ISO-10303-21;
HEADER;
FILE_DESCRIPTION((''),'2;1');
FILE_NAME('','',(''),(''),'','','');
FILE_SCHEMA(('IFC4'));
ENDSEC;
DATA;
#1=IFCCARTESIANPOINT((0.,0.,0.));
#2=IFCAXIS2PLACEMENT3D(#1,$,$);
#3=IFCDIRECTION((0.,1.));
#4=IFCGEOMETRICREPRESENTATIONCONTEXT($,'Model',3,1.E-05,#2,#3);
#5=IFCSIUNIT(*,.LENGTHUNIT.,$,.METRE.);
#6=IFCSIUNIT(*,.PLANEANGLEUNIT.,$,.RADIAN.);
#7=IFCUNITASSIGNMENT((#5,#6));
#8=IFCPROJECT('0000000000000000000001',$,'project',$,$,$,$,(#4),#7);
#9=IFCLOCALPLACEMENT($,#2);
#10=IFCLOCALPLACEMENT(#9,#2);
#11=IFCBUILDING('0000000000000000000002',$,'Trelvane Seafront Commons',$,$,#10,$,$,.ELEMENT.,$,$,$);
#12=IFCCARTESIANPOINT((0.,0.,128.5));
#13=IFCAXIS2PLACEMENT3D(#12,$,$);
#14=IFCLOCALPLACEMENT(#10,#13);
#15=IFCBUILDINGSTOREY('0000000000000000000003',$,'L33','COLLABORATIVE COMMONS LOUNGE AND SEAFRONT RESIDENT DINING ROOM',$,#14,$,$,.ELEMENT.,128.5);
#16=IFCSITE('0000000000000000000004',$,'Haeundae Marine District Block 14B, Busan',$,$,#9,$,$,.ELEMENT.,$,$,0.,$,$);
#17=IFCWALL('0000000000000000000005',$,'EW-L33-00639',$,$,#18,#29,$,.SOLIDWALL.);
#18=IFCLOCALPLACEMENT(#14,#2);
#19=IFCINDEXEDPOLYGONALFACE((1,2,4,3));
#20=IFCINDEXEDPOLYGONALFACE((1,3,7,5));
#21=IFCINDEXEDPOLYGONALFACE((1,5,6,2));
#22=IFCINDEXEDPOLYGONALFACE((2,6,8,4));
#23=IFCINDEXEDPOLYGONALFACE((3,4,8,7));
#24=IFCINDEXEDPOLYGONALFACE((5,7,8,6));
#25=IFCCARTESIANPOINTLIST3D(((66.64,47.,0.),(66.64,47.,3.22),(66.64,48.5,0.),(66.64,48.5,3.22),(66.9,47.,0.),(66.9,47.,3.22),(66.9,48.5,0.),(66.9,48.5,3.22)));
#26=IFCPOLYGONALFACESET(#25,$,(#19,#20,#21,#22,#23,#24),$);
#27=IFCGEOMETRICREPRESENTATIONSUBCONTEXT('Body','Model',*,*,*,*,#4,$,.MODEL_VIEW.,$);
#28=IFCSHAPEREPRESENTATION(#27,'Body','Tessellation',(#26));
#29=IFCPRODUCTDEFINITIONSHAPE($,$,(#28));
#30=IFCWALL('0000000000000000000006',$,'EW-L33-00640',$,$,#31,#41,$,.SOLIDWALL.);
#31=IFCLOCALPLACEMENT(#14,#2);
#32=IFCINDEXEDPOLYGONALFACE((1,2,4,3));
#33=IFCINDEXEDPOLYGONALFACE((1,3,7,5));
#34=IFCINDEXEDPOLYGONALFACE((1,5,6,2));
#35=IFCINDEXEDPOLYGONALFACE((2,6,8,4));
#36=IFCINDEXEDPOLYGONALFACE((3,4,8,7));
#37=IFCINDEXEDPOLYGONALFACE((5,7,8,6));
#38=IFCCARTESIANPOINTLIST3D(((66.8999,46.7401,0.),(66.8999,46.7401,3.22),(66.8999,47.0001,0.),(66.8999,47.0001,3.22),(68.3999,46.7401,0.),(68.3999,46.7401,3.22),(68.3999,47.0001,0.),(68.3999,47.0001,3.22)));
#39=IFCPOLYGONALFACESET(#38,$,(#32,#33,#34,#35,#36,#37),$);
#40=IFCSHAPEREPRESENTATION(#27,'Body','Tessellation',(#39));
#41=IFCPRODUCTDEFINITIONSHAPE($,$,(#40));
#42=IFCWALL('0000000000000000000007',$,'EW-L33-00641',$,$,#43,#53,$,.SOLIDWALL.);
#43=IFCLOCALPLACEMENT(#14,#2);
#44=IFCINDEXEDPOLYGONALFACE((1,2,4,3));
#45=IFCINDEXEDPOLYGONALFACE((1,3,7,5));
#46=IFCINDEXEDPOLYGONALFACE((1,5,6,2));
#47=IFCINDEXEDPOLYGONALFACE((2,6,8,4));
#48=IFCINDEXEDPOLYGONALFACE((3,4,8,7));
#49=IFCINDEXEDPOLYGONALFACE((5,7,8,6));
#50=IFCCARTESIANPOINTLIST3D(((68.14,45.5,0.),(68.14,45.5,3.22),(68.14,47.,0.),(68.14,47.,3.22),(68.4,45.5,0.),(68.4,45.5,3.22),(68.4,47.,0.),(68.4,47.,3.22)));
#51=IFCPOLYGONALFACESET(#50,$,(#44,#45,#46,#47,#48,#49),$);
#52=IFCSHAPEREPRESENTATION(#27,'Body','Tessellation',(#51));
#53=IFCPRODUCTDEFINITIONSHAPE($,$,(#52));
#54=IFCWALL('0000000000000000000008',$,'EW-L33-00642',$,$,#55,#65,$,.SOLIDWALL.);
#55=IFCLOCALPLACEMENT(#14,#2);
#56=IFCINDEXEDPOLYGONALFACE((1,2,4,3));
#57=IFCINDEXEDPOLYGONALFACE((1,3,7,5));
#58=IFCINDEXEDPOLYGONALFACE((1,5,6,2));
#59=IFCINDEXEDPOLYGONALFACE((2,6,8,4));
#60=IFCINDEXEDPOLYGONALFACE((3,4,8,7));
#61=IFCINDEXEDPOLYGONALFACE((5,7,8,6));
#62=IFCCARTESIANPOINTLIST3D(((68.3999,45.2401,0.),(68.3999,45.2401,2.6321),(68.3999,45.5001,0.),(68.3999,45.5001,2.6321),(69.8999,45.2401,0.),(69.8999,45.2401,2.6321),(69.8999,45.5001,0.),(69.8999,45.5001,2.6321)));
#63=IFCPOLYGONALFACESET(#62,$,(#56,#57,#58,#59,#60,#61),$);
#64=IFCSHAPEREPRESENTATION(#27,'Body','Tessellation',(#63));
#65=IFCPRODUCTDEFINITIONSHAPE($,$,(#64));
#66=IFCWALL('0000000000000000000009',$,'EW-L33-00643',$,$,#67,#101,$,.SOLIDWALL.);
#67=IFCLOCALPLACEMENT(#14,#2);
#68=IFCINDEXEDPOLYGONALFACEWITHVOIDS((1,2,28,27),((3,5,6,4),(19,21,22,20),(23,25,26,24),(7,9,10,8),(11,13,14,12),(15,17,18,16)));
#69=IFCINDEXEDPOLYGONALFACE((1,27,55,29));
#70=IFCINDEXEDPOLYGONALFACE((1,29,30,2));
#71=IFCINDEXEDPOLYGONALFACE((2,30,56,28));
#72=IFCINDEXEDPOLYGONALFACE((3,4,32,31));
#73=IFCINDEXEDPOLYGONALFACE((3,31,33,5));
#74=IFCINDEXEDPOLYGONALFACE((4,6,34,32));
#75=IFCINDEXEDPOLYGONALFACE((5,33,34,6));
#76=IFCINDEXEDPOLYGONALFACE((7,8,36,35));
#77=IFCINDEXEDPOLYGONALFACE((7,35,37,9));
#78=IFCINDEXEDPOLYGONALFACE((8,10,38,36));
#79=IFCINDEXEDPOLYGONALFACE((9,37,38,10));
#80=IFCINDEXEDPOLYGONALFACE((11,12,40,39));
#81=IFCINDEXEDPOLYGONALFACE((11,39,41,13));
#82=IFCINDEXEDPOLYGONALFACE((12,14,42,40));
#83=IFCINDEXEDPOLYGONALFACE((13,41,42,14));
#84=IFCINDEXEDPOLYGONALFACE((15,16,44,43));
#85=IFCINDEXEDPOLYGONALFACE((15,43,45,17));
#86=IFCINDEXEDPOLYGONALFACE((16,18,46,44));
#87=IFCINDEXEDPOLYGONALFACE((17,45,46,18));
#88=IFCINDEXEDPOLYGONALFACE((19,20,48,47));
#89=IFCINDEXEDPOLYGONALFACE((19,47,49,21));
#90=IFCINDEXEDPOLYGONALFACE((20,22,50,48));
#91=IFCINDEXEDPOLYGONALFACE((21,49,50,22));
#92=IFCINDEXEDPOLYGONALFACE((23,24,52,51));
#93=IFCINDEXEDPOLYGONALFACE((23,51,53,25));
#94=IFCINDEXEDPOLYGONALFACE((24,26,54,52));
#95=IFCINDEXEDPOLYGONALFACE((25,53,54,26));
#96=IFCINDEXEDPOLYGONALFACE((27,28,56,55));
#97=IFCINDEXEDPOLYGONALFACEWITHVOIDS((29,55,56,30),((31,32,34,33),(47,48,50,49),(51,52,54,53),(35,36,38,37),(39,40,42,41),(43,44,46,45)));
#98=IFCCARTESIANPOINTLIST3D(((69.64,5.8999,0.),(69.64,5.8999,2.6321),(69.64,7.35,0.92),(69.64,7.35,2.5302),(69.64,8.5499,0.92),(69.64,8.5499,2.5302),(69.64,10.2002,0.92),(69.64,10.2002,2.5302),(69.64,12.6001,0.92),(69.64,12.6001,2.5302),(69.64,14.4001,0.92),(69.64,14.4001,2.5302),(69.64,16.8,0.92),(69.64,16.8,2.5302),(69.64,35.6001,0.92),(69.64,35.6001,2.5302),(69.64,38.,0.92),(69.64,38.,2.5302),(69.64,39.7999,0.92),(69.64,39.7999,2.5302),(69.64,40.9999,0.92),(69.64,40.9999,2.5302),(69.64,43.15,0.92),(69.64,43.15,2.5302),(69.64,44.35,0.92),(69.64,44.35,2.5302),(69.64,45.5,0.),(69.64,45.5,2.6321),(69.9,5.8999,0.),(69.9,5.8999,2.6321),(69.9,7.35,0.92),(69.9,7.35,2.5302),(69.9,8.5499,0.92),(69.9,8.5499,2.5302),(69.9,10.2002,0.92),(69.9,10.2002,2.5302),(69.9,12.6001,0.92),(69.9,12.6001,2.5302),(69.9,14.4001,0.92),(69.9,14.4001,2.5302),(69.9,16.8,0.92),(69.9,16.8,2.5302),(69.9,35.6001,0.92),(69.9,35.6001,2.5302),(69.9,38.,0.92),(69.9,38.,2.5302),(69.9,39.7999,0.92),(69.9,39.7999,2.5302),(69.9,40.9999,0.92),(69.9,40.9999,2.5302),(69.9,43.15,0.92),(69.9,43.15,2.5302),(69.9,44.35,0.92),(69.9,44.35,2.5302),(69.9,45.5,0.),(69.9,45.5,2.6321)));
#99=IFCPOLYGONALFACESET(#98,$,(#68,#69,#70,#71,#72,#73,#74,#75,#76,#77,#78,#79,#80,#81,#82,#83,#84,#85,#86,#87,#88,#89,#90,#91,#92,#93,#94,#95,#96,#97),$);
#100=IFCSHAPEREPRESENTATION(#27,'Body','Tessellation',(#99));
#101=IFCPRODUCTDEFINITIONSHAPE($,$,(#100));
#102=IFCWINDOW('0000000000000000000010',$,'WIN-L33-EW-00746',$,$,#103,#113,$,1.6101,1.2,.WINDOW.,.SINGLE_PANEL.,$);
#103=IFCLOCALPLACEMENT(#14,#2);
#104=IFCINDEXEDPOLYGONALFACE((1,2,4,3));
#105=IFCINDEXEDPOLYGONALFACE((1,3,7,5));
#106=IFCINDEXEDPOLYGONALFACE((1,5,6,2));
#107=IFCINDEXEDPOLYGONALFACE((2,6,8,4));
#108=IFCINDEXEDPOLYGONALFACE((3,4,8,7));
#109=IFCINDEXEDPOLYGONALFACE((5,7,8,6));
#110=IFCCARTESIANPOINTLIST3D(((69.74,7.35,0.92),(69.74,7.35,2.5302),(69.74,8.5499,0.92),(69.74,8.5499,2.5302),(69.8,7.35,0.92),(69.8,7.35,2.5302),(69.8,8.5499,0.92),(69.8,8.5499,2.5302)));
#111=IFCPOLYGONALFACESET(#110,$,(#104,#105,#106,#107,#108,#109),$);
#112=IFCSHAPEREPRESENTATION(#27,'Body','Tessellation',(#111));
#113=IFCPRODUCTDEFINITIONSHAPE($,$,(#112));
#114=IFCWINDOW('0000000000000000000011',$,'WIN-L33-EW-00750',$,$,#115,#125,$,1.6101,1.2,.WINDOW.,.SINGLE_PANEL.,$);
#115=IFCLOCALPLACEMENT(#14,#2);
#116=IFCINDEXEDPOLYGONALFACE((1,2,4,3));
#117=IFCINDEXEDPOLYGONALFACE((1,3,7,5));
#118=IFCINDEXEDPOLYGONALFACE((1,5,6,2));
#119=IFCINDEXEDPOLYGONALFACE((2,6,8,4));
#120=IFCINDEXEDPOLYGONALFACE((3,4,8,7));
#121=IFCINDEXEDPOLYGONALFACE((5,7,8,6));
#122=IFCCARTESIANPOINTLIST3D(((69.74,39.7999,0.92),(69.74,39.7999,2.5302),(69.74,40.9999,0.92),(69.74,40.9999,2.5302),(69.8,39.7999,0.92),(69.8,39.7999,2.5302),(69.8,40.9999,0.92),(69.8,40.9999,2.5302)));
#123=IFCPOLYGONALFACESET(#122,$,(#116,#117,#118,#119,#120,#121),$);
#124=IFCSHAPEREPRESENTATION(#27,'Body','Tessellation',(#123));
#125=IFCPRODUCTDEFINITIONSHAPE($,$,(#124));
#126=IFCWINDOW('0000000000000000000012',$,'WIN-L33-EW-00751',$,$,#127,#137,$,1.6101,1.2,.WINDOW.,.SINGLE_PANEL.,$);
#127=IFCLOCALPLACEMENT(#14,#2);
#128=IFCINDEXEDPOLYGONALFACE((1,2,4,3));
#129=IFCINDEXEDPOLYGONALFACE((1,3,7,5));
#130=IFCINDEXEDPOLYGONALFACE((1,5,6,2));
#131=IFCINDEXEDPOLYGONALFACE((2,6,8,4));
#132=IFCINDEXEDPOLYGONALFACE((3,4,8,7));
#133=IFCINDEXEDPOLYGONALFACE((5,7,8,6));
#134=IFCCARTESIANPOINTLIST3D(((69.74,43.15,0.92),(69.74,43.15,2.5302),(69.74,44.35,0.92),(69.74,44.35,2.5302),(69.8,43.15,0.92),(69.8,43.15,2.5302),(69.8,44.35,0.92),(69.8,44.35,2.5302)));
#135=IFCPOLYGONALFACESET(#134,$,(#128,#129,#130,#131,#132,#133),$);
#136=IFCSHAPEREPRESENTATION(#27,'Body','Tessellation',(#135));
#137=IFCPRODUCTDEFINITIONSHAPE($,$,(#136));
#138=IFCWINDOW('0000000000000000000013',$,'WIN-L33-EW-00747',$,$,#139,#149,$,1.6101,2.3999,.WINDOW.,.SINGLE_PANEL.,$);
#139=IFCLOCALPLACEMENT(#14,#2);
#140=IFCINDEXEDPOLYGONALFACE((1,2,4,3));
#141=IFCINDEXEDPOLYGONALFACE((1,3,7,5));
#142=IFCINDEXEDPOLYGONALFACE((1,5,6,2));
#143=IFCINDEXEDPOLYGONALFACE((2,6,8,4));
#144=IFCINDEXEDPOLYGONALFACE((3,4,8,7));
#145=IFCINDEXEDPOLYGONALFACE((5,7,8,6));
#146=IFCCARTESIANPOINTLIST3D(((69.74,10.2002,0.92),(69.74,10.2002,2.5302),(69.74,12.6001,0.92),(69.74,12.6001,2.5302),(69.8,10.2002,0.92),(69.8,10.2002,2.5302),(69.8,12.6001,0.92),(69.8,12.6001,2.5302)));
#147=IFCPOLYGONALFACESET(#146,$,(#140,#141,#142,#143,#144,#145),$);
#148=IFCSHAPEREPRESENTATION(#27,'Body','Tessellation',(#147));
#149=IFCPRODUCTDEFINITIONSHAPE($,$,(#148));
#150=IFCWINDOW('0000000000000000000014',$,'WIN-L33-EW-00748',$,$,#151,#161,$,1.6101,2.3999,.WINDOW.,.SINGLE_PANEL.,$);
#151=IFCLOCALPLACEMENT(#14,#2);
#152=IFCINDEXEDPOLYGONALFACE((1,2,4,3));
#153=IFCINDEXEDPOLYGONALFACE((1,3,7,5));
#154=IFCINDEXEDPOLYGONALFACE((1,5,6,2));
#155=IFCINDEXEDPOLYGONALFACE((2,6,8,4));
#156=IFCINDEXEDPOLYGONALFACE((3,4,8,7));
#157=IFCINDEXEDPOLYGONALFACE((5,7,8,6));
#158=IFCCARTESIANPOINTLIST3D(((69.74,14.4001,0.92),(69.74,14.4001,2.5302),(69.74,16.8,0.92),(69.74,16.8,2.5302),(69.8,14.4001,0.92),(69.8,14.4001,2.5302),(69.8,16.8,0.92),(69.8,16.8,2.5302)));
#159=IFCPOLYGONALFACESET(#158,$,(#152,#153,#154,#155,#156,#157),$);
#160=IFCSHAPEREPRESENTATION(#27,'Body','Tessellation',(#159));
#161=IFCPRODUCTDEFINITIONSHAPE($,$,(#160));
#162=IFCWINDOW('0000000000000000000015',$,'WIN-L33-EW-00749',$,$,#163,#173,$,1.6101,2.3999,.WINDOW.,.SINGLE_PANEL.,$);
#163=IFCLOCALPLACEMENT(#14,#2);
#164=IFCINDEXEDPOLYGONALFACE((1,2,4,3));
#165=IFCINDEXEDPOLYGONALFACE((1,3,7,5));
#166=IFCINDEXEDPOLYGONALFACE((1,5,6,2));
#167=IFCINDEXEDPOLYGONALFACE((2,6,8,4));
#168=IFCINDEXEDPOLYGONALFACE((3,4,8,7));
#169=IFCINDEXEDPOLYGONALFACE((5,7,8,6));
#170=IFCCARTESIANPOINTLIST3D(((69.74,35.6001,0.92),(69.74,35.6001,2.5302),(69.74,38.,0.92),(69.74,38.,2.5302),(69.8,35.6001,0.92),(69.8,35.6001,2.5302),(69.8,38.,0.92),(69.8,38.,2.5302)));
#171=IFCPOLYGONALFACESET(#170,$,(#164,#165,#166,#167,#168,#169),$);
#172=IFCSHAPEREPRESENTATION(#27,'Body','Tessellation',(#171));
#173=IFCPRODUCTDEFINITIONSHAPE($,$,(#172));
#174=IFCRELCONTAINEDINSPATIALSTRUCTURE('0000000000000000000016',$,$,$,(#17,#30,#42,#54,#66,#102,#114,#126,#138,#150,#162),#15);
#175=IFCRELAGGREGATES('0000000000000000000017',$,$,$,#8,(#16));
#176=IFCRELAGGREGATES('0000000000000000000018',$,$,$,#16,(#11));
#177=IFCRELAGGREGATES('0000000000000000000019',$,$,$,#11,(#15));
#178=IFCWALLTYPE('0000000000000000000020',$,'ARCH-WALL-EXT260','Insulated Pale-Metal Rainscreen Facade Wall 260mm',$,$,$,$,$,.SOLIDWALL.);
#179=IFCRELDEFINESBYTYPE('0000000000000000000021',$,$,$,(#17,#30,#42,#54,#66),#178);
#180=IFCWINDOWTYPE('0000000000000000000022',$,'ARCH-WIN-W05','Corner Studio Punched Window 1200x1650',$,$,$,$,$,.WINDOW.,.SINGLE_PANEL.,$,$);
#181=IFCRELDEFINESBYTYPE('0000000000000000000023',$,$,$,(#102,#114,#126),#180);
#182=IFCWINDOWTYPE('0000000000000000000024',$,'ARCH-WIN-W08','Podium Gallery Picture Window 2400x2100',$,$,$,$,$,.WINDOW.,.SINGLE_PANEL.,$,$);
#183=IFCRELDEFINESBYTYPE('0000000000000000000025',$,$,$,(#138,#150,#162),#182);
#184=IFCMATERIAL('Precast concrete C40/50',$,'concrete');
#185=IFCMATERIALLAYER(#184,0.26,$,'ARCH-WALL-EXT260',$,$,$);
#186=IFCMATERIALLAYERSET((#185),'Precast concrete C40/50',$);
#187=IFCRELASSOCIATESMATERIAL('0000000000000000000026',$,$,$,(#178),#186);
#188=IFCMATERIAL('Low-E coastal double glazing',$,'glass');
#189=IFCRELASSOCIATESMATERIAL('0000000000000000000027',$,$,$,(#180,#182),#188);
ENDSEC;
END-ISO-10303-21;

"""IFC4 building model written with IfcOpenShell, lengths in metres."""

from ifc_helpers import new_model, si_unit, direction, frame, frame_2d, origin, place, context, subcontext, project, spatial, rectangle, extrude, source, transform, mapped, material, layer, layer_set, type_object, element, fill, save


model = new_model("IFC4")

# Units and contexts
model_context = context("Model", 3, precision=1e-05, world=origin(), true_north=direction((0.0, 1.0)))
body_context = subcontext(model_context, "Body", "Model", "MODEL_VIEW")
ifc_project = project(units=[si_unit("LENGTHUNIT", "METRE"), si_unit("PLANEANGLEUNIT", "RADIAN")], contexts=[model_context])

# Site, building, storey
site_placement = place(None, origin())
site = spatial("IfcSite", under=ifc_project, at=site_placement, Name="Haeundae Marine District Block 14B, Busan", CompositionType="ELEMENT", RefElevation=0.0)
building_placement = place(site_placement, origin())
building = spatial("IfcBuilding", under=site, at=building_placement, Name="Trelvane Seafront Commons", CompositionType="ELEMENT")
storey_placement = place(building_placement, frame((0.0, 0.0, 128.5)))
storey = spatial("IfcBuildingStorey", under=building, at=storey_placement, Name="L33", Description="COLLABORATIVE COMMONS LOUNGE AND SEAFRONT RESIDENT DINING ROOM", CompositionType="ELEMENT", Elevation=128.5)

# Shared definitions
ifc_material_1 = material(Name="Low-E coastal double glazing", Category="glass")

# Shared definitions
ifc_material_2 = material(Name="Precast concrete C40/50", Category="concrete")
ifc_layer_1 = layer(ifc_material_2, 0.26, Name="ARCH-WALL-EXT260")
ifc_layer_set_1 = layer_set([ifc_layer_1], Name="Precast concrete C40/50")
wall_type = type_object("IfcWallType", Name="ARCH-WALL-EXT260", Description="Insulated Pale-Metal Rainscreen Facade Wall 260mm", PredefinedType="SOLIDWALL", material=ifc_layer_set_1)

# Walls
for number, where, z_axis, x_axis, name in (
    (1, (66.77, 48.5, 0.0), (0.0, 0.0, 1.0), (0.0, -1.0, 0.0), "EW-L33-00639"),
    (2, (66.8999, 46.8701, 0.0), (0.0, 0.0, 1.0), (1.0, 0.0, 0.0), "EW-L33-00640"),
    (3, (68.27, 47.0, 0.0), (0.0, 0.0, 1.0), (0.0, -1.0, 0.0), "EW-L33-00641"),
):
    element("IfcWall", number, at=place(storey_placement, frame(where, z_axis=z_axis, x_axis=x_axis)), inside=storey, type_object=wall_type, Name=name, PredefinedType="SOLIDWALL", context=body_context, shape_type="SweptSolid", body=[
        extrude(rectangle(XDim=1.5, YDim=0.26, at=frame_2d((0.75, 0.0))), origin(), (0.0, 0.0, 1.0), 3.22),
    ])
wall_1_placement = place(storey_placement, frame((68.3999, 45.3701, 0.0), z_axis=(0.0, 0.0, 1.0), x_axis=(1.0, 0.0, 0.0)))
element("IfcWall", 4, at=wall_1_placement, inside=storey, type_object=wall_type, Name="EW-L33-00642", PredefinedType="SOLIDWALL", context=body_context, shape_type="SweptSolid", body=[
    extrude(rectangle(XDim=1.5, YDim=0.26, at=frame_2d((0.75, 0.0))), origin(), (0.0, 0.0, 1.0), 2.6321),
])

# Wall, openings, windows
wall_2_placement = place(storey_placement, frame((69.77, 45.5, 0.0), z_axis=(0.0, 0.0, 1.0), x_axis=(0.0, -1.0, 0.0)))
wall_2 = element("IfcWall", 5, at=wall_2_placement, inside=storey, type_object=wall_type, Name="EW-L33-00643", PredefinedType="SOLIDWALL", context=body_context, shape_type="SweptSolid", body=[
    extrude(rectangle(XDim=39.6001, YDim=0.26, at=frame_2d((19.8, 0.0))), origin(), (0.0, 0.0, 1.0), 2.6321),
])
opening_1_placement = place(wall_2_placement, frame((36.95, 0.0, 0.9199)))
opening_1 = element("IfcOpeningElement", 6, at=opening_1_placement, cuts=wall_2, PredefinedType="OPENING", context=body_context, shape_type="SweptSolid", body=[
    extrude(rectangle(XDim=1.2, YDim=1.6101, at=frame_2d((0.6001, 0.8052))), frame((0.0, 0.1399, 0.0), z_axis=(0.0, -1.0, 0.0), x_axis=(1.0, 0.0, 0.0)), (0.0, 0.0, 1.0), 0.28),
])
opening_2_placement = place(wall_2_placement, frame((32.8999, 0.0, 0.9199)))
opening_2 = element("IfcOpeningElement", 7, at=opening_2_placement, cuts=wall_2, PredefinedType="OPENING", context=body_context, shape_type="SweptSolid", body=[
    extrude(rectangle(XDim=2.3999, YDim=1.6101, at=frame_2d((1.2, 0.8052))), frame((0.0, 0.1399, 0.0), z_axis=(0.0, -1.0, 0.0), x_axis=(1.0, 0.0, 0.0)), (0.0, 0.0, 1.0), 0.28),
])
opening_3_placement = place(wall_2_placement, frame((28.7, 0.0, 0.9199)))
opening_3 = element("IfcOpeningElement", 8, at=opening_3_placement, cuts=wall_2, PredefinedType="OPENING", context=body_context, shape_type="SweptSolid", body=[
    extrude(rectangle(XDim=2.3999, YDim=1.6101, at=frame_2d((1.2, 0.8052))), frame((0.0, 0.1399, 0.0), z_axis=(0.0, -1.0, 0.0), x_axis=(1.0, 0.0, 0.0)), (0.0, 0.0, 1.0), 0.28),
])
opening_4_placement = place(wall_2_placement, frame((7.5, 0.0, 0.9199)))
opening_4 = element("IfcOpeningElement", 9, at=opening_4_placement, cuts=wall_2, PredefinedType="OPENING", context=body_context, shape_type="SweptSolid", body=[
    extrude(rectangle(XDim=2.3999, YDim=1.6101, at=frame_2d((1.2, 0.8052))), frame((0.0, 0.1399, 0.0), z_axis=(0.0, -1.0, 0.0), x_axis=(1.0, 0.0, 0.0)), (0.0, 0.0, 1.0), 0.28),
])
opening_5_placement = place(wall_2_placement, frame((4.5, 0.0, 0.9199)))
opening_5 = element("IfcOpeningElement", 10, at=opening_5_placement, cuts=wall_2, PredefinedType="OPENING", context=body_context, shape_type="SweptSolid", body=[
    extrude(rectangle(XDim=1.2, YDim=1.6101, at=frame_2d((0.6001, 0.8052))), frame((0.0, 0.1399, 0.0), z_axis=(0.0, -1.0, 0.0), x_axis=(1.0, 0.0, 0.0)), (0.0, 0.0, 1.0), 0.28),
])
opening_6_placement = place(wall_2_placement, frame((1.1499, 0.0, 0.9199)))
opening_6 = element("IfcOpeningElement", 11, at=opening_6_placement, cuts=wall_2, PredefinedType="OPENING", context=body_context, shape_type="SweptSolid", body=[
    extrude(rectangle(XDim=1.2, YDim=1.6101, at=frame_2d((0.6001, 0.8052))), frame((0.0, 0.1399, 0.0), z_axis=(0.0, -1.0, 0.0), x_axis=(1.0, 0.0, 0.0)), (0.0, 0.0, 1.0), 0.28),
])
window_type_1 = type_object("IfcWindowType", Name="ARCH-WIN-W05", Description="Corner Studio Punched Window 1200x1650", PartitioningType="SINGLE_PANEL", PredefinedType="WINDOW", material=ifc_material_1)
shared_shape_1 = source(origin(), body_context, "Body", "SweptSolid", [
    extrude(rectangle(XDim=1.2, YDim=1.6101, at=frame_2d((0.6001, 0.8052))), frame((0.0, 0.03, 0.0), z_axis=(0.0, -1.0, 0.0), x_axis=(1.0, 0.0, 0.0)), (0.0, 0.0, 1.0), 0.0601),
])
window_1_placement = place(opening_1_placement, origin())
window_1 = element("IfcWindow", 12, at=window_1_placement, inside=storey, type_object=window_type_1, Name="WIN-L33-EW-00746", OverallHeight=1.6101, OverallWidth=1.2, PartitioningType="SINGLE_PANEL", PredefinedType="WINDOW", context=body_context, shape_type="MappedRepresentation", body=[
    mapped(shared_shape_1, transform((0.0, 0.0, 0.0), x_axis=(1.0, 0.0, 0.0), y_axis=(0.0, 1.0, 0.0), z_axis=(0.0, 0.0, 1.0), scale=1.0)),
])
fill(opening_1, window_1)
window_2_placement = place(opening_5_placement, origin())
window_2 = element("IfcWindow", 13, at=window_2_placement, inside=storey, type_object=window_type_1, Name="WIN-L33-EW-00750", OverallHeight=1.6101, OverallWidth=1.2, PartitioningType="SINGLE_PANEL", PredefinedType="WINDOW", context=body_context, shape_type="MappedRepresentation", body=[
    mapped(shared_shape_1, transform((0.0, 0.0, 0.0), x_axis=(1.0, 0.0, 0.0), y_axis=(0.0, 1.0, 0.0), z_axis=(0.0, 0.0, 1.0), scale=1.0)),
])
fill(opening_5, window_2)
window_3_placement = place(opening_6_placement, origin())
window_3 = element("IfcWindow", 14, at=window_3_placement, inside=storey, type_object=window_type_1, Name="WIN-L33-EW-00751", OverallHeight=1.6101, OverallWidth=1.2, PartitioningType="SINGLE_PANEL", PredefinedType="WINDOW", context=body_context, shape_type="MappedRepresentation", body=[
    mapped(shared_shape_1, transform((0.0, 0.0, 0.0), x_axis=(1.0, 0.0, 0.0), y_axis=(0.0, 1.0, 0.0), z_axis=(0.0, 0.0, 1.0), scale=1.0)),
])
fill(opening_6, window_3)
window_type_2 = type_object("IfcWindowType", Name="ARCH-WIN-W08", Description="Podium Gallery Picture Window 2400x2100", PartitioningType="SINGLE_PANEL", PredefinedType="WINDOW", material=ifc_material_1)
shared_shape_2 = source(origin(), body_context, "Body", "SweptSolid", [
    extrude(rectangle(XDim=2.3999, YDim=1.6101, at=frame_2d((1.2, 0.8052))), frame((0.0, 0.03, 0.0), z_axis=(0.0, -1.0, 0.0), x_axis=(1.0, 0.0, 0.0)), (0.0, 0.0, 1.0), 0.0601),
])
window_4_placement = place(opening_2_placement, origin())
window_4 = element("IfcWindow", 15, at=window_4_placement, inside=storey, type_object=window_type_2, Name="WIN-L33-EW-00747", OverallHeight=1.6101, OverallWidth=2.3999, PartitioningType="SINGLE_PANEL", PredefinedType="WINDOW", context=body_context, shape_type="MappedRepresentation", body=[
    mapped(shared_shape_2, transform((0.0, 0.0, 0.0), x_axis=(1.0, 0.0, 0.0), y_axis=(0.0, 1.0, 0.0), z_axis=(0.0, 0.0, 1.0), scale=1.0)),
])
fill(opening_2, window_4)
window_5_placement = place(opening_3_placement, origin())
window_5 = element("IfcWindow", 16, at=window_5_placement, inside=storey, type_object=window_type_2, Name="WIN-L33-EW-00748", OverallHeight=1.6101, OverallWidth=2.3999, PartitioningType="SINGLE_PANEL", PredefinedType="WINDOW", context=body_context, shape_type="MappedRepresentation", body=[
    mapped(shared_shape_2, transform((0.0, 0.0, 0.0), x_axis=(1.0, 0.0, 0.0), y_axis=(0.0, 1.0, 0.0), z_axis=(0.0, 0.0, 1.0), scale=1.0)),
])
fill(opening_3, window_5)
window_6_placement = place(opening_4_placement, origin())
window_6 = element("IfcWindow", 17, at=window_6_placement, inside=storey, type_object=window_type_2, Name="WIN-L33-EW-00749", OverallHeight=1.6101, OverallWidth=2.3999, PartitioningType="SINGLE_PANEL", PredefinedType="WINDOW", context=body_context, shape_type="MappedRepresentation", body=[
    mapped(shared_shape_2, transform((0.0, 0.0, 0.0), x_axis=(1.0, 0.0, 0.0), y_axis=(0.0, 1.0, 0.0), z_axis=(0.0, 0.0, 1.0), scale=1.0)),
])
fill(opening_4, window_6)

save(model, "model.ifc")
